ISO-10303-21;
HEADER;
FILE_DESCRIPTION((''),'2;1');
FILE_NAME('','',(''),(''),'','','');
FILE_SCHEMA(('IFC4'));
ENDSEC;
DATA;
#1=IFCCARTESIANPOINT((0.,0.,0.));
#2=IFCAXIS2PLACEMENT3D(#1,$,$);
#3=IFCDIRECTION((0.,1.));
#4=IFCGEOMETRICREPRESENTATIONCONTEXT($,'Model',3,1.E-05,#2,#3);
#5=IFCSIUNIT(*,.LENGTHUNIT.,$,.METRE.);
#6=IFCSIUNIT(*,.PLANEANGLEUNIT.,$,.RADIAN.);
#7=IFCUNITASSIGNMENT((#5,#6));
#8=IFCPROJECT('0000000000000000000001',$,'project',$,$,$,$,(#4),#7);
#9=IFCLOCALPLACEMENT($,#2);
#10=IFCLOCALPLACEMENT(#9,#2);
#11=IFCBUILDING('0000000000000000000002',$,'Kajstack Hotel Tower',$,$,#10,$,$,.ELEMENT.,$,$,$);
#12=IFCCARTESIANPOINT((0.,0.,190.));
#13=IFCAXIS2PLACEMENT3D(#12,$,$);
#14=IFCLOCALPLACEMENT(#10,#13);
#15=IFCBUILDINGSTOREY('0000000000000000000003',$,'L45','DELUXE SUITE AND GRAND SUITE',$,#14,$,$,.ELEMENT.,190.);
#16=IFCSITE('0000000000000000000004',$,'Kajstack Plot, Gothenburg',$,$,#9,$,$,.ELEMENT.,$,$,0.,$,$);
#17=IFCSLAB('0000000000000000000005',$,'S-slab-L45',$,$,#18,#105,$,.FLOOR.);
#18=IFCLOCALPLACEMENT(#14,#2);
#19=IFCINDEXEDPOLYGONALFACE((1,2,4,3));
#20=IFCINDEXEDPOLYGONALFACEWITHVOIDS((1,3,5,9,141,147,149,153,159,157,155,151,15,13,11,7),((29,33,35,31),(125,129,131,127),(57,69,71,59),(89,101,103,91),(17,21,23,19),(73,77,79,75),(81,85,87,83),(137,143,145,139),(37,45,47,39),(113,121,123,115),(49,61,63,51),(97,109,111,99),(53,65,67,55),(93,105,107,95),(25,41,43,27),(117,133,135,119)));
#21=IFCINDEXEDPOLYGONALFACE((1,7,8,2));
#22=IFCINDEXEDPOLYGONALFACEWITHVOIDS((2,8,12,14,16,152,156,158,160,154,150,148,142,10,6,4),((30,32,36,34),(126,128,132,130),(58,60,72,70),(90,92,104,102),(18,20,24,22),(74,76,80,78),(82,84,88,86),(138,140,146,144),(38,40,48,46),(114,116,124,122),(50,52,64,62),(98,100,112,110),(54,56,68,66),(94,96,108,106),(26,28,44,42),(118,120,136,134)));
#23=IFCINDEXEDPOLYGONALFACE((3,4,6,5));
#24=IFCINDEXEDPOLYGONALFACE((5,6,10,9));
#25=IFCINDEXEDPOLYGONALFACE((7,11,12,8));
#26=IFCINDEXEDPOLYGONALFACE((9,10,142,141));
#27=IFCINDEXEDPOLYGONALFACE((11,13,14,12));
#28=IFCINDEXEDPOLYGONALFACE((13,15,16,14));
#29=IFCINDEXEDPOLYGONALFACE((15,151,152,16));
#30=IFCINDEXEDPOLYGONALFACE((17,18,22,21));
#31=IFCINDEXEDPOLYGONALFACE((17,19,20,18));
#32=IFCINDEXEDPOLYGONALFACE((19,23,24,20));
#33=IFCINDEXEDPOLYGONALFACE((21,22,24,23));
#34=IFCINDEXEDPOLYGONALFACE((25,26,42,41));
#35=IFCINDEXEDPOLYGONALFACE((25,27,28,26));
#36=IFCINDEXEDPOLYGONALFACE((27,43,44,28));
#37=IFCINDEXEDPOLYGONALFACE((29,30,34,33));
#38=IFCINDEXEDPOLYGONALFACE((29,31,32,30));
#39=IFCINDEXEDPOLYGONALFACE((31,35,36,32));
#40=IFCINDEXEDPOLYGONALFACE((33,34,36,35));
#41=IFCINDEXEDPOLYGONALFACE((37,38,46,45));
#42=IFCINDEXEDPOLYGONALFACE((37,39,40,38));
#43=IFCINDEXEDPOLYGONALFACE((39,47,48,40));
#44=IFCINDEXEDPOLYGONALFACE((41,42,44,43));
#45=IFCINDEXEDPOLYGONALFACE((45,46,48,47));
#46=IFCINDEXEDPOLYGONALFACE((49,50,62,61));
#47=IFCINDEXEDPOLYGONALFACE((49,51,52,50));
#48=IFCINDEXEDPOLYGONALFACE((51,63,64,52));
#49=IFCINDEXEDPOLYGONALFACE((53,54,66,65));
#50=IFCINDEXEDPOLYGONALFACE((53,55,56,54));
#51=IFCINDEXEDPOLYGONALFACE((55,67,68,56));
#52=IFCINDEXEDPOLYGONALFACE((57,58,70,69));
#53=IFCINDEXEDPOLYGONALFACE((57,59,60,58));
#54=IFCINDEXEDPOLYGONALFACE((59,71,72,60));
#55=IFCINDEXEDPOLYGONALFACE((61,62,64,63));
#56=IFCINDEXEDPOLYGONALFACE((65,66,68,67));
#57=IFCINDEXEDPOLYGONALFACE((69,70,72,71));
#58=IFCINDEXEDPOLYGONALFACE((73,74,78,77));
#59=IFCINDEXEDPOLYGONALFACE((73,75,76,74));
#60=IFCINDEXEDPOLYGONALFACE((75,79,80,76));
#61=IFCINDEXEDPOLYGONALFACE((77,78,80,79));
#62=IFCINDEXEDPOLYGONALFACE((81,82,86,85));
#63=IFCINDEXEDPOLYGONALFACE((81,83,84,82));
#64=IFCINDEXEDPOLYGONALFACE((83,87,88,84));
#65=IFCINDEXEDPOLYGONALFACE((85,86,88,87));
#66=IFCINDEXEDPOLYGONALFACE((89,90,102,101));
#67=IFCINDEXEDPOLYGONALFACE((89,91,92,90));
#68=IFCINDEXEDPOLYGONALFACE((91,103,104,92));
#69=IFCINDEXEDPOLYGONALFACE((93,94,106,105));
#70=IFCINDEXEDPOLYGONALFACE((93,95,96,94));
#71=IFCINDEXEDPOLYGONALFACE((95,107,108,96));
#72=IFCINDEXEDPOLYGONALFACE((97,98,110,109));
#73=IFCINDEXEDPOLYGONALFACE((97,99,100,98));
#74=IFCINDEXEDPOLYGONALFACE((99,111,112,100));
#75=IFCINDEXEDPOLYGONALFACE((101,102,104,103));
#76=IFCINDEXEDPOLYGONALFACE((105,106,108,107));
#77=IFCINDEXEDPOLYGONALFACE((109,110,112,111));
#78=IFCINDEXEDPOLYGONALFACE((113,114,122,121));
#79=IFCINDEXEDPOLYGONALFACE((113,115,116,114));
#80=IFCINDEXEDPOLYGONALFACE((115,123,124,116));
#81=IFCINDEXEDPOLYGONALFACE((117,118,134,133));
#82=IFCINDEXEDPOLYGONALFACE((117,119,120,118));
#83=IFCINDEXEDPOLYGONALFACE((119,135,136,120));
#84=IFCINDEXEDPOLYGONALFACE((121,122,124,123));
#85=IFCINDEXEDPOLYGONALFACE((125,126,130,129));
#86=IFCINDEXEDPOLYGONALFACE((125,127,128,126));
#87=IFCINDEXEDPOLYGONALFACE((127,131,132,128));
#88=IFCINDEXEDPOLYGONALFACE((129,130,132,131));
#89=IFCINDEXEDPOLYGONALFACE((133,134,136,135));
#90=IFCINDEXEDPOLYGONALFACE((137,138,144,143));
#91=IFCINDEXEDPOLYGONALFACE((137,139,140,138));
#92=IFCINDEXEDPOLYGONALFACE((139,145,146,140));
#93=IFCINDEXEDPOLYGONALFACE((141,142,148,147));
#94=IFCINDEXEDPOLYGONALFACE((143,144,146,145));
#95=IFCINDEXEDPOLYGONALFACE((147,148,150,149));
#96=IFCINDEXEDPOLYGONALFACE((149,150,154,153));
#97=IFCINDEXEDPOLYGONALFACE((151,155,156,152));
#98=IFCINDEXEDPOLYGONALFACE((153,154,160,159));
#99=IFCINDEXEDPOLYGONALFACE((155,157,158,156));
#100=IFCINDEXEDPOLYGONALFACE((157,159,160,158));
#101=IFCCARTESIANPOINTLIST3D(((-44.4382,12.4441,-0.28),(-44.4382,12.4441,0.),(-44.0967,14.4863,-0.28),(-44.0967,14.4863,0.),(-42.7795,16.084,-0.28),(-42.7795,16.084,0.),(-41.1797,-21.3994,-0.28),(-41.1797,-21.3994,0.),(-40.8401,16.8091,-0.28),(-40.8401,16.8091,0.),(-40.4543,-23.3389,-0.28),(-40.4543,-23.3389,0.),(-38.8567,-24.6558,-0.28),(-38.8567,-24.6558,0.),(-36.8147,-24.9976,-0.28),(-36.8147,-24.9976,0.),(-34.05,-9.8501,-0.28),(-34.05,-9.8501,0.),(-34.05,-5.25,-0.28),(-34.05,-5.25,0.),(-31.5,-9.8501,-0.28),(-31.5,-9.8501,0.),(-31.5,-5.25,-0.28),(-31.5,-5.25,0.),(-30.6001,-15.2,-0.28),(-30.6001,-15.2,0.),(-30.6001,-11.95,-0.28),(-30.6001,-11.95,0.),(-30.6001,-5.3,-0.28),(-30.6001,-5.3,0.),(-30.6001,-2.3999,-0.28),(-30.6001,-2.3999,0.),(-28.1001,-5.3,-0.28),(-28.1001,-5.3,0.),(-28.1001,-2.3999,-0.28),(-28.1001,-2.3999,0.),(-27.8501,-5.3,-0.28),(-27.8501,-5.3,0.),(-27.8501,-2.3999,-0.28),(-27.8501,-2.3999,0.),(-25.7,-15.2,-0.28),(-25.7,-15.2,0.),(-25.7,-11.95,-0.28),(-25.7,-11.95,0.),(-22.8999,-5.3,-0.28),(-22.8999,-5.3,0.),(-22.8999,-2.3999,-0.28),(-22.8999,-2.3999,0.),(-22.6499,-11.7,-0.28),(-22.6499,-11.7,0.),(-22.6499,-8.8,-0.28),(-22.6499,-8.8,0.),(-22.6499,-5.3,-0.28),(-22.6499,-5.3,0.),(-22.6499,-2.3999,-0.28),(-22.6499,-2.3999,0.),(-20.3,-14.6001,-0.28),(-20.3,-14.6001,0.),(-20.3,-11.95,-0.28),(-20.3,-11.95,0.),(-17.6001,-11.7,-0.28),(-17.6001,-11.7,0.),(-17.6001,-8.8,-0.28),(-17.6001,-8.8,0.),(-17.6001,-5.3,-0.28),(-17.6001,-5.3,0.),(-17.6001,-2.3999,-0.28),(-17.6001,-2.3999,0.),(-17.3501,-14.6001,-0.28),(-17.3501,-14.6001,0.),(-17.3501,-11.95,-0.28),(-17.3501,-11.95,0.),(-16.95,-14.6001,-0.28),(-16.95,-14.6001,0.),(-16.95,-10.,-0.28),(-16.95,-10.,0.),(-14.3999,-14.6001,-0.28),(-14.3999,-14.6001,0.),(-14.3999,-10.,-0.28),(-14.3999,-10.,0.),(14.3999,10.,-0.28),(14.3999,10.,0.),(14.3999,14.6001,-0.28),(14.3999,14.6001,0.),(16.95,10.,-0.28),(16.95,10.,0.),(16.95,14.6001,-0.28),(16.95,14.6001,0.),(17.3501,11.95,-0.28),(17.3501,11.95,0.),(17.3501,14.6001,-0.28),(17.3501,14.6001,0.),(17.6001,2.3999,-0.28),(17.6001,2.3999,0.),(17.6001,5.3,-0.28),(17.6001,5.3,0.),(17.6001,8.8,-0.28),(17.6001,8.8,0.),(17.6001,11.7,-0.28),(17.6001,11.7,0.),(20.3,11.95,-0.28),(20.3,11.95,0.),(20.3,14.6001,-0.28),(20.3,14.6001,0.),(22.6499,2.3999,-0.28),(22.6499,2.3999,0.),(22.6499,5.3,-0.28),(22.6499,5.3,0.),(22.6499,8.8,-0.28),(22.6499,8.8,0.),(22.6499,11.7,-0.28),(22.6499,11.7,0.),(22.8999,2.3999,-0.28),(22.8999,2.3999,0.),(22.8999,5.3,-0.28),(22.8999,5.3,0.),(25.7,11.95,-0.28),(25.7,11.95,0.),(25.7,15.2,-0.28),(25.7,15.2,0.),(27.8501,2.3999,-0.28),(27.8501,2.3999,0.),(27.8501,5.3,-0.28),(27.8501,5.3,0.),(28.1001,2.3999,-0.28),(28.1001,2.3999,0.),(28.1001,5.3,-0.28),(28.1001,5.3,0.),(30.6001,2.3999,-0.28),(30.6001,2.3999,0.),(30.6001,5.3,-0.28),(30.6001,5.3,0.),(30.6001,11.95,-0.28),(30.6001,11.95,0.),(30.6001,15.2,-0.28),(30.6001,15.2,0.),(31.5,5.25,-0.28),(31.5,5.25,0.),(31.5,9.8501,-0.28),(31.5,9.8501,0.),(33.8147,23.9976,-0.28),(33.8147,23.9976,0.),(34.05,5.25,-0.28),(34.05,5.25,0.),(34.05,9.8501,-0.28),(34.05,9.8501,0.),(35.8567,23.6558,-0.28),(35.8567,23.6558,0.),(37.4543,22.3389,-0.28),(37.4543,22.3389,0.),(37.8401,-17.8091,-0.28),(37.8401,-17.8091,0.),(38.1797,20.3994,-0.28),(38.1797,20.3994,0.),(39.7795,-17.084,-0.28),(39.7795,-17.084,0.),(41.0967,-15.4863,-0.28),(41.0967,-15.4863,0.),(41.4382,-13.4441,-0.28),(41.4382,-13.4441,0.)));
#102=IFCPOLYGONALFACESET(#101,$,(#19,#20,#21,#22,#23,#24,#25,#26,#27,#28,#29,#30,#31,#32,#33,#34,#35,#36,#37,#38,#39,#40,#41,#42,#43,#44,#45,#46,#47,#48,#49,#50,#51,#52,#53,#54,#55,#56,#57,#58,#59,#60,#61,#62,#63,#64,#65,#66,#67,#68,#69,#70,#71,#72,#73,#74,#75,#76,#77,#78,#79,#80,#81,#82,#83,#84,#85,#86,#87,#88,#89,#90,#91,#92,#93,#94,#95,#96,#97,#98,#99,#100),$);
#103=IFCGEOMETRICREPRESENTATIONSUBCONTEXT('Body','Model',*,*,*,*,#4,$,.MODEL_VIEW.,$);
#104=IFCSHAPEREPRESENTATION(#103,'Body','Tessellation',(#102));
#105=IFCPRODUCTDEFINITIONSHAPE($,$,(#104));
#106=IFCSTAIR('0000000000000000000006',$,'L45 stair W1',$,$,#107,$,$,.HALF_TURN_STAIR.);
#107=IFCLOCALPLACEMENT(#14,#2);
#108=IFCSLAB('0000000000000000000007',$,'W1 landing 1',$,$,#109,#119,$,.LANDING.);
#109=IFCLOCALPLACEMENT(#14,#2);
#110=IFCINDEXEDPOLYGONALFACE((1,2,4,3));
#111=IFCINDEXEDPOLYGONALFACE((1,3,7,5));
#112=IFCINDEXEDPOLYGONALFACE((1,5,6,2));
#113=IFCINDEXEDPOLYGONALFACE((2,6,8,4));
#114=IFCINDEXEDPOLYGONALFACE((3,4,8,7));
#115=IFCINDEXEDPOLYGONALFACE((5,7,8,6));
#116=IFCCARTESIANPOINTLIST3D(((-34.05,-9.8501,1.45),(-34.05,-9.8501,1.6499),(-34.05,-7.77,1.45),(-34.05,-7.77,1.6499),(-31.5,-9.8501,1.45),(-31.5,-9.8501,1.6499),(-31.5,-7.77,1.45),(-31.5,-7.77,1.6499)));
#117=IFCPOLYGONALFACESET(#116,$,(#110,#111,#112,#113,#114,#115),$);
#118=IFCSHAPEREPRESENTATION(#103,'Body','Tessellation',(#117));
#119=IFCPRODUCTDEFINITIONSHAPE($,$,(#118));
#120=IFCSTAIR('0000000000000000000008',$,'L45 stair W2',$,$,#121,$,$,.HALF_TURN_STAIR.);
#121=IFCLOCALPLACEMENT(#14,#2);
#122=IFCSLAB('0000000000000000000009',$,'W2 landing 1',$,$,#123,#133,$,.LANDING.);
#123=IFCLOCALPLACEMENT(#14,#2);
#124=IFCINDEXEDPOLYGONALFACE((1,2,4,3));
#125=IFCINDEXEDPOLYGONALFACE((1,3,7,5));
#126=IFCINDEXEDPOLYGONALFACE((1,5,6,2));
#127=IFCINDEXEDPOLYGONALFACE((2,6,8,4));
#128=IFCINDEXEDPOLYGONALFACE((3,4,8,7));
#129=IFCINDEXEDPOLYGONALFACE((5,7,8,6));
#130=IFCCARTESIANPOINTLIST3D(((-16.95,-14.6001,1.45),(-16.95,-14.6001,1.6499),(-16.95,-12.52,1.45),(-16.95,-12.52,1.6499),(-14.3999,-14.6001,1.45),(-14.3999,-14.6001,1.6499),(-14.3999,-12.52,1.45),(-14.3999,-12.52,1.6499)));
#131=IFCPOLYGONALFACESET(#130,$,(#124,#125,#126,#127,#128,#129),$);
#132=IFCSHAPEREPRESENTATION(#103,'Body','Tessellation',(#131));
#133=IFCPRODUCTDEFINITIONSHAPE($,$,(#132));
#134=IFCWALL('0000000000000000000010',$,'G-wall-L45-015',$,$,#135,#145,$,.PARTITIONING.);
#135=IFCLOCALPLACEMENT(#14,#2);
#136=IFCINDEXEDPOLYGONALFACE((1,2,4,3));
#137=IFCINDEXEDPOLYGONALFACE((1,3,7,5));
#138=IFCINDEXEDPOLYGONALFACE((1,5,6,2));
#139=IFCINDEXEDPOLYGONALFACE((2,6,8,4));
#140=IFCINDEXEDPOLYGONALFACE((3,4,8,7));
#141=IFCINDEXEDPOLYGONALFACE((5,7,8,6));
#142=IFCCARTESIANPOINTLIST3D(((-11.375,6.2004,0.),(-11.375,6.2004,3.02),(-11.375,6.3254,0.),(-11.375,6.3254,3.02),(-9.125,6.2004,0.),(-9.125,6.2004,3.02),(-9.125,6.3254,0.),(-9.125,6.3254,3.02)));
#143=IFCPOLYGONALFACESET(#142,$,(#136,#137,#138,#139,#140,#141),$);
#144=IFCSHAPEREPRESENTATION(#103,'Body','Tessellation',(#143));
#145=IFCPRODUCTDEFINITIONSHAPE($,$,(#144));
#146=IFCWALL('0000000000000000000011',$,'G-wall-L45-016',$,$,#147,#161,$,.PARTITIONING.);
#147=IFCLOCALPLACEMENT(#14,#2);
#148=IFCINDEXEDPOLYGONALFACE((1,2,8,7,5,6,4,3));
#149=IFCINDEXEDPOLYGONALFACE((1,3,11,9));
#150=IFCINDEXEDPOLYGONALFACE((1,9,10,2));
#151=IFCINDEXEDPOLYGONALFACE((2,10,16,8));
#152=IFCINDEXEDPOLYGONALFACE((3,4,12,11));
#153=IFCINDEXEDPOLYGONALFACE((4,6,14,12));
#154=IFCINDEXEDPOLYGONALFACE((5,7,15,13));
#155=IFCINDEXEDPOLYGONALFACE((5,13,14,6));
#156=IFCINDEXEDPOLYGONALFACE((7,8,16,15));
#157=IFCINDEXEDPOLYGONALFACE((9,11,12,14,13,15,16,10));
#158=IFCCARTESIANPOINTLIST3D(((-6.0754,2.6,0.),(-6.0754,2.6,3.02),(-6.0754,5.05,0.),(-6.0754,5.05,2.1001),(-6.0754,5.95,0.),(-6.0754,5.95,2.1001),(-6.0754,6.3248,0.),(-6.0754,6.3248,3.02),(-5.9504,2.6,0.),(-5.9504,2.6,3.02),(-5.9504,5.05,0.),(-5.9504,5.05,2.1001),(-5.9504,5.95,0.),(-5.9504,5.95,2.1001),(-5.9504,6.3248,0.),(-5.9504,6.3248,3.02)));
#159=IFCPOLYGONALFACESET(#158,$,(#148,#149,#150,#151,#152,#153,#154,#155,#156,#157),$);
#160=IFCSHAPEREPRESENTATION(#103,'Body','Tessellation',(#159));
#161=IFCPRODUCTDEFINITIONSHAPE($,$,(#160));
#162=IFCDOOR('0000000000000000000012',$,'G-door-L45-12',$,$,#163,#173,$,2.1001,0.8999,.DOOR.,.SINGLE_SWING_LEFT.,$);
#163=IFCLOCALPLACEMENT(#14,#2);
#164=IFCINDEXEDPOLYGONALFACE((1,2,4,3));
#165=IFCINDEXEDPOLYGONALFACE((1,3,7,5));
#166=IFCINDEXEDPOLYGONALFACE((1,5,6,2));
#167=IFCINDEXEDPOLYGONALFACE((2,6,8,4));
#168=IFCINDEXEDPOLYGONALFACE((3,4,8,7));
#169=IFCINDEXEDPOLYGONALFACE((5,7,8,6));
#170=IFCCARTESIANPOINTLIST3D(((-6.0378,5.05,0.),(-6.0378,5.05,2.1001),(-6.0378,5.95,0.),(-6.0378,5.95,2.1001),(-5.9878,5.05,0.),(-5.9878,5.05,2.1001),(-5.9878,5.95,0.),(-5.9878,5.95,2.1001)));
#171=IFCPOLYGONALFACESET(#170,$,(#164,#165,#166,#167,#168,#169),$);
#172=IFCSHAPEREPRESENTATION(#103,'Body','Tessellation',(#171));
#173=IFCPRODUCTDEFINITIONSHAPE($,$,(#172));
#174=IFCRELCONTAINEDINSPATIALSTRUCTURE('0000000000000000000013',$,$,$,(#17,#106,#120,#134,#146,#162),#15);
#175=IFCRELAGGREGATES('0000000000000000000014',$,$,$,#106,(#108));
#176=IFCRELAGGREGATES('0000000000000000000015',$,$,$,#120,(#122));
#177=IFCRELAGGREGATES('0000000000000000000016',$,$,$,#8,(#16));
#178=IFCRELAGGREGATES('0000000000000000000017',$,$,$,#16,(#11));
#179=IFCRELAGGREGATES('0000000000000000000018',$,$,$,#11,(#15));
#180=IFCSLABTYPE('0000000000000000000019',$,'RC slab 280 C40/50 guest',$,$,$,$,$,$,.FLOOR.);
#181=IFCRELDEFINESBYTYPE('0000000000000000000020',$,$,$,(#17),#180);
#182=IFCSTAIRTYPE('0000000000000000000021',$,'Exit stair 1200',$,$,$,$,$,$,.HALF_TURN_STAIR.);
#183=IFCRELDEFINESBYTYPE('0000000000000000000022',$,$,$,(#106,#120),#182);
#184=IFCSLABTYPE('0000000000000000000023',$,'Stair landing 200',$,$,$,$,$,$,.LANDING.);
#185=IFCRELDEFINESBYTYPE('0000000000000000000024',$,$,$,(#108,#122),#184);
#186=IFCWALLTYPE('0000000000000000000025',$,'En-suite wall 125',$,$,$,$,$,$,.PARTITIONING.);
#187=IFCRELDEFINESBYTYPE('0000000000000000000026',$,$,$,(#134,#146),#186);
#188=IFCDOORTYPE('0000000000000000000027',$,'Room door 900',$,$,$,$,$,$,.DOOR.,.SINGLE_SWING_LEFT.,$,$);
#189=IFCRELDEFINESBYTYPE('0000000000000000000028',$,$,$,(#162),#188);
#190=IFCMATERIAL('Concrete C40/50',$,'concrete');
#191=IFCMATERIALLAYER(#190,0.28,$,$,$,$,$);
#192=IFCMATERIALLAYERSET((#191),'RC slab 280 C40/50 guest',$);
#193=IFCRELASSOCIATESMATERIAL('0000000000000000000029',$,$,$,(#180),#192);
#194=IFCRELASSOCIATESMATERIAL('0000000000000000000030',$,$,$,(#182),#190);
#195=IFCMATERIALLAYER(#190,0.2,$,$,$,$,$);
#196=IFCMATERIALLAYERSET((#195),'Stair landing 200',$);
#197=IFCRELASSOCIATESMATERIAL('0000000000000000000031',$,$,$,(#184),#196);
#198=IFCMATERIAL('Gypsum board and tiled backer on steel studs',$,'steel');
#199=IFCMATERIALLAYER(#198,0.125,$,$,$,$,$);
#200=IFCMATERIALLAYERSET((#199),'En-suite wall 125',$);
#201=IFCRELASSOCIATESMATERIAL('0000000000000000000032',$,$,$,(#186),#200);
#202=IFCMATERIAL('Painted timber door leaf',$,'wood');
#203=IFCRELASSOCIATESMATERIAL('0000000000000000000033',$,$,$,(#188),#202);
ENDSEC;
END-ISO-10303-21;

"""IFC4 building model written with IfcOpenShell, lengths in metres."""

from ifc_helpers import new_model, si_unit, direction, frame, frame_2d, origin, place, context, subcontext, project, spatial, polyline, rectangle, outline, extrude, material, layer, layer_set, type_object, element, fill, aggregate, save


model = new_model("IFC4")

# Units and contexts
model_context = context("Model", 3, precision=1e-05, world=origin(), true_north=direction((0.0, 1.0)))
body_context = subcontext(model_context, "Body", "Model", "MODEL_VIEW")
ifc_project = project(units=[si_unit("LENGTHUNIT", "METRE"), si_unit("PLANEANGLEUNIT", "RADIAN")], contexts=[model_context])

# Site, building, storey
site_placement = place(None, origin())
site = spatial("IfcSite", under=ifc_project, at=site_placement, Name="Kajstack Plot, Gothenburg", CompositionType="ELEMENT", RefElevation=0.0)
building_placement = place(site_placement, origin())
building = spatial("IfcBuilding", under=site, at=building_placement, Name="Kajstack Hotel Tower", CompositionType="ELEMENT")
storey_placement = place(building_placement, frame((0.0, 0.0, 190.0)))
storey = spatial("IfcBuildingStorey", under=building, at=storey_placement, Name="L45", Description="DELUXE SUITE AND GRAND SUITE", CompositionType="ELEMENT", Elevation=190.0)

# Slab
ifc_material_1 = material(Name="Concrete C40/50", Category="concrete")
ifc_layer_1 = layer(ifc_material_1, 0.28)
ifc_layer_set_1 = layer_set([ifc_layer_1], Name="RC slab 280 C40/50 guest")
slab_type_1 = type_object("IfcSlabType", Name="RC slab 280 C40/50 guest", PredefinedType="FLOOR", material=ifc_layer_set_1)
slab_1_placement = place(storey_placement, frame((0.0, 0.0, -0.28)))
element("IfcSlab", 1, at=slab_1_placement, inside=storey, type_object=slab_type_1, Name="S-slab-L45", PredefinedType="FLOOR", context=body_context, shape_type="SweptSolid", body=[
    extrude(outline(polyline([(-44.4382, 12.4441), (-41.1797, -21.3994), (-40.4543, -23.3389), (-38.8567, -24.6558), (-36.8147, -24.9976), (37.8401, -17.8091), (39.7795, -17.084), (41.0967, -15.4863), (41.4382, -13.4441), (38.1797, 20.3994), (37.4543, 22.3389), (35.8567, 23.6558), (33.8147, 23.9976), (-40.8401, 16.8091), (-42.7795, 16.084), (-44.0967, 14.4863), (-44.4382, 12.4441)]), holes=[polyline([(-22.6499, -11.7), (-22.6499, -8.8), (-17.6001, -8.8), (-17.6001, -11.7), (-22.6499, -11.7)]), polyline([(-27.8501, -5.3), (-27.8501, -2.3999), (-22.8999, -2.3999), (-22.8999, -5.3), (-27.8501, -5.3)]), polyline([(-22.6499, -5.3), (-22.6499, -2.3999), (-17.6001, -2.3999), (-17.6001, -5.3), (-22.6499, -5.3)]), polyline([(-20.3, -14.6001), (-17.3501, -14.6001), (-17.3501, -11.95), (-20.3, -11.95), (-20.3, -14.6001)]), polyline([(-30.6001, -5.3), (-28.1001, -5.3), (-28.1001, -2.3999), (-30.6001, -2.3999), (-30.6001, -5.3)]), polyline([(17.6001, 8.8), (17.6001, 11.7), (22.6499, 11.7), (22.6499, 8.8), (17.6001, 8.8)]), polyline([(22.8999, 2.3999), (22.8999, 5.3), (27.8501, 5.3), (27.8501, 2.3999), (22.8999, 2.3999)]), polyline([(17.6001, 2.3999), (17.6001, 5.3), (22.6499, 5.3), (22.6499, 2.3999), (17.6001, 2.3999)]), polyline([(20.3, 14.6001), (17.3501, 14.6001), (17.3501, 11.95), (20.3, 11.95), (20.3, 14.6001)]), polyline([(30.6001, 5.3), (28.1001, 5.3), (28.1001, 2.3999), (30.6001, 2.3999), (30.6001, 5.3)]), polyline([(-34.05, -9.8501), (-31.5, -9.8501), (-31.5, -5.25), (-34.05, -5.25), (-34.05, -9.8501)]), polyline([(-16.95, -14.6001), (-14.3999, -14.6001), (-14.3999, -10.0), (-16.95, -10.0), (-16.95, -14.6001)]), polyline([(-30.6001, -15.2), (-25.7, -15.2), (-25.7, -11.95), (-30.6001, -11.95), (-30.6001, -15.2)]), polyline([(34.05, 9.8501), (31.5, 9.8501), (31.5, 5.25), (34.05, 5.25), (34.05, 9.8501)]), polyline([(16.95, 14.6001), (14.3999, 14.6001), (14.3999, 10.0), (16.95, 10.0), (16.95, 14.6001)]), polyline([(30.6001, 15.2), (25.7, 15.2), (25.7, 11.95), (30.6001, 11.95), (30.6001, 15.2)])]), origin(), (0.0, 0.0, 1.0), 0.28),
])

# Stairs, slabs
stair_type = type_object("IfcStairType", Name="Exit stair 1200", PredefinedType="HALF_TURN_STAIR", material=ifc_material_1)
stair_1_placement = place(storey_placement, origin())
stair_1 = element("IfcStair", 2, at=stair_1_placement, inside=storey, type_object=stair_type, Name="L45 stair W1", PredefinedType="HALF_TURN_STAIR")
ifc_layer_2 = layer(ifc_material_1, 0.2)
ifc_layer_set_2 = layer_set([ifc_layer_2], Name="Stair landing 200")
slab_type_2 = type_object("IfcSlabType", Name="Stair landing 200", PredefinedType="LANDING", material=ifc_layer_set_2)
slab_2_placement = place(storey_placement, frame((0.0, 0.0, 1.45)))
slab_2 = element("IfcSlab", 3, at=slab_2_placement, type_object=slab_type_2, Name="W1 landing 1", PredefinedType="LANDING", context=body_context, shape_type="SweptSolid", body=[
    extrude(outline(polyline([(-34.05, -7.77), (-34.05, -9.8501), (-31.5, -9.8501), (-31.5, -7.77), (-34.05, -7.77)])), origin(), (0.0, 0.0, 1.0), 0.2),
])
aggregate(stair_1, [slab_2])
stair_2_placement = place(storey_placement, origin())
stair_2 = element("IfcStair", 4, at=stair_2_placement, inside=storey, type_object=stair_type, Name="L45 stair W2", PredefinedType="HALF_TURN_STAIR")
slab_3_placement = place(storey_placement, frame((0.0, 0.0, 1.45)))
slab_3 = element("IfcSlab", 5, at=slab_3_placement, type_object=slab_type_2, Name="W2 landing 1", PredefinedType="LANDING", context=body_context, shape_type="SweptSolid", body=[
    extrude(outline(polyline([(-16.95, -12.52), (-16.95, -14.6001), (-14.3999, -14.6001), (-14.3999, -12.52), (-16.95, -12.52)])), origin(), (0.0, 0.0, 1.0), 0.2),
])
aggregate(stair_2, [slab_3])

# Wall
ifc_material_2 = material(Name="Gypsum board and tiled backer on steel studs", Category="steel")
ifc_layer_3 = layer(ifc_material_2, 0.125)
ifc_layer_set_3 = layer_set([ifc_layer_3], Name="En-suite wall 125")
wall_type_1 = type_object("IfcWallType", Name="En-suite wall 125", PredefinedType="PARTITIONING", material=ifc_layer_set_3)
wall_1_placement = place(storey_placement, frame((-11.375, 6.2629, 0.0), z_axis=(0.0, 0.0, 1.0), x_axis=(1.0, 0.0, 0.0)))
element("IfcWall", 6, at=wall_1_placement, inside=storey, type_object=wall_type_1, Name="G-wall-L45-015", PredefinedType="PARTITIONING", context=body_context, shape_type="SweptSolid", body=[
    extrude(rectangle(XDim=2.25, YDim=0.125, at=frame_2d((1.125, 0.0))), origin(), (0.0, 0.0, 1.0), 3.02),
])

# Wall, opening, door
wall_2_placement = place(storey_placement, frame((-6.0129, 2.6001, 0.0), z_axis=(0.0, 0.0, 1.0), x_axis=(0.0, 1.0, 0.0)))
wall_2 = element("IfcWall", 7, at=wall_2_placement, inside=storey, type_object=wall_type_1, Name="G-wall-L45-016", PredefinedType="PARTITIONING", context=body_context, shape_type="SweptSolid", body=[
    extrude(rectangle(XDim=3.7249, YDim=0.125, at=frame_2d((1.8623, 0.0))), origin(), (0.0, 0.0, 1.0), 3.02),
])
opening_placement = place(wall_2_placement, frame((2.45, 0.0, 0.0)))
opening = element("IfcOpeningElement", 8, at=opening_placement, cuts=wall_2, PredefinedType="OPENING", context=body_context, shape_type="SweptSolid", body=[
    extrude(rectangle(XDim=0.8999, YDim=2.1001, at=frame_2d((0.45, 1.05))), frame((0.0, 0.0725, 0.0), z_axis=(0.0, -1.0, 0.0), x_axis=(1.0, 0.0, 0.0)), (0.0, 0.0, 1.0), 0.145),
])
ifc_material_3 = material(Name="Painted timber door leaf", Category="wood")
door_type = type_object("IfcDoorType", Name="Room door 900", OperationType="SINGLE_SWING_LEFT", PredefinedType="DOOR", material=ifc_material_3)
door_placement = place(opening_placement, origin())
door = element("IfcDoor", 9, at=door_placement, inside=storey, type_object=door_type, Name="G-door-L45-12", OperationType="SINGLE_SWING_LEFT", OverallHeight=2.1001, OverallWidth=0.8999, PredefinedType="DOOR", context=body_context, shape_type="SweptSolid", body=[
    extrude(rectangle(XDim=0.8999, YDim=2.1001, at=frame_2d((0.45, 1.05))), frame((0.0, 0.0249, 0.0), z_axis=(0.0, -1.0, 0.0), x_axis=(1.0, 0.0, 0.0)), (0.0, 0.0, 1.0), 0.05),
])
fill(opening, door)

save(model, "model.ifc")
